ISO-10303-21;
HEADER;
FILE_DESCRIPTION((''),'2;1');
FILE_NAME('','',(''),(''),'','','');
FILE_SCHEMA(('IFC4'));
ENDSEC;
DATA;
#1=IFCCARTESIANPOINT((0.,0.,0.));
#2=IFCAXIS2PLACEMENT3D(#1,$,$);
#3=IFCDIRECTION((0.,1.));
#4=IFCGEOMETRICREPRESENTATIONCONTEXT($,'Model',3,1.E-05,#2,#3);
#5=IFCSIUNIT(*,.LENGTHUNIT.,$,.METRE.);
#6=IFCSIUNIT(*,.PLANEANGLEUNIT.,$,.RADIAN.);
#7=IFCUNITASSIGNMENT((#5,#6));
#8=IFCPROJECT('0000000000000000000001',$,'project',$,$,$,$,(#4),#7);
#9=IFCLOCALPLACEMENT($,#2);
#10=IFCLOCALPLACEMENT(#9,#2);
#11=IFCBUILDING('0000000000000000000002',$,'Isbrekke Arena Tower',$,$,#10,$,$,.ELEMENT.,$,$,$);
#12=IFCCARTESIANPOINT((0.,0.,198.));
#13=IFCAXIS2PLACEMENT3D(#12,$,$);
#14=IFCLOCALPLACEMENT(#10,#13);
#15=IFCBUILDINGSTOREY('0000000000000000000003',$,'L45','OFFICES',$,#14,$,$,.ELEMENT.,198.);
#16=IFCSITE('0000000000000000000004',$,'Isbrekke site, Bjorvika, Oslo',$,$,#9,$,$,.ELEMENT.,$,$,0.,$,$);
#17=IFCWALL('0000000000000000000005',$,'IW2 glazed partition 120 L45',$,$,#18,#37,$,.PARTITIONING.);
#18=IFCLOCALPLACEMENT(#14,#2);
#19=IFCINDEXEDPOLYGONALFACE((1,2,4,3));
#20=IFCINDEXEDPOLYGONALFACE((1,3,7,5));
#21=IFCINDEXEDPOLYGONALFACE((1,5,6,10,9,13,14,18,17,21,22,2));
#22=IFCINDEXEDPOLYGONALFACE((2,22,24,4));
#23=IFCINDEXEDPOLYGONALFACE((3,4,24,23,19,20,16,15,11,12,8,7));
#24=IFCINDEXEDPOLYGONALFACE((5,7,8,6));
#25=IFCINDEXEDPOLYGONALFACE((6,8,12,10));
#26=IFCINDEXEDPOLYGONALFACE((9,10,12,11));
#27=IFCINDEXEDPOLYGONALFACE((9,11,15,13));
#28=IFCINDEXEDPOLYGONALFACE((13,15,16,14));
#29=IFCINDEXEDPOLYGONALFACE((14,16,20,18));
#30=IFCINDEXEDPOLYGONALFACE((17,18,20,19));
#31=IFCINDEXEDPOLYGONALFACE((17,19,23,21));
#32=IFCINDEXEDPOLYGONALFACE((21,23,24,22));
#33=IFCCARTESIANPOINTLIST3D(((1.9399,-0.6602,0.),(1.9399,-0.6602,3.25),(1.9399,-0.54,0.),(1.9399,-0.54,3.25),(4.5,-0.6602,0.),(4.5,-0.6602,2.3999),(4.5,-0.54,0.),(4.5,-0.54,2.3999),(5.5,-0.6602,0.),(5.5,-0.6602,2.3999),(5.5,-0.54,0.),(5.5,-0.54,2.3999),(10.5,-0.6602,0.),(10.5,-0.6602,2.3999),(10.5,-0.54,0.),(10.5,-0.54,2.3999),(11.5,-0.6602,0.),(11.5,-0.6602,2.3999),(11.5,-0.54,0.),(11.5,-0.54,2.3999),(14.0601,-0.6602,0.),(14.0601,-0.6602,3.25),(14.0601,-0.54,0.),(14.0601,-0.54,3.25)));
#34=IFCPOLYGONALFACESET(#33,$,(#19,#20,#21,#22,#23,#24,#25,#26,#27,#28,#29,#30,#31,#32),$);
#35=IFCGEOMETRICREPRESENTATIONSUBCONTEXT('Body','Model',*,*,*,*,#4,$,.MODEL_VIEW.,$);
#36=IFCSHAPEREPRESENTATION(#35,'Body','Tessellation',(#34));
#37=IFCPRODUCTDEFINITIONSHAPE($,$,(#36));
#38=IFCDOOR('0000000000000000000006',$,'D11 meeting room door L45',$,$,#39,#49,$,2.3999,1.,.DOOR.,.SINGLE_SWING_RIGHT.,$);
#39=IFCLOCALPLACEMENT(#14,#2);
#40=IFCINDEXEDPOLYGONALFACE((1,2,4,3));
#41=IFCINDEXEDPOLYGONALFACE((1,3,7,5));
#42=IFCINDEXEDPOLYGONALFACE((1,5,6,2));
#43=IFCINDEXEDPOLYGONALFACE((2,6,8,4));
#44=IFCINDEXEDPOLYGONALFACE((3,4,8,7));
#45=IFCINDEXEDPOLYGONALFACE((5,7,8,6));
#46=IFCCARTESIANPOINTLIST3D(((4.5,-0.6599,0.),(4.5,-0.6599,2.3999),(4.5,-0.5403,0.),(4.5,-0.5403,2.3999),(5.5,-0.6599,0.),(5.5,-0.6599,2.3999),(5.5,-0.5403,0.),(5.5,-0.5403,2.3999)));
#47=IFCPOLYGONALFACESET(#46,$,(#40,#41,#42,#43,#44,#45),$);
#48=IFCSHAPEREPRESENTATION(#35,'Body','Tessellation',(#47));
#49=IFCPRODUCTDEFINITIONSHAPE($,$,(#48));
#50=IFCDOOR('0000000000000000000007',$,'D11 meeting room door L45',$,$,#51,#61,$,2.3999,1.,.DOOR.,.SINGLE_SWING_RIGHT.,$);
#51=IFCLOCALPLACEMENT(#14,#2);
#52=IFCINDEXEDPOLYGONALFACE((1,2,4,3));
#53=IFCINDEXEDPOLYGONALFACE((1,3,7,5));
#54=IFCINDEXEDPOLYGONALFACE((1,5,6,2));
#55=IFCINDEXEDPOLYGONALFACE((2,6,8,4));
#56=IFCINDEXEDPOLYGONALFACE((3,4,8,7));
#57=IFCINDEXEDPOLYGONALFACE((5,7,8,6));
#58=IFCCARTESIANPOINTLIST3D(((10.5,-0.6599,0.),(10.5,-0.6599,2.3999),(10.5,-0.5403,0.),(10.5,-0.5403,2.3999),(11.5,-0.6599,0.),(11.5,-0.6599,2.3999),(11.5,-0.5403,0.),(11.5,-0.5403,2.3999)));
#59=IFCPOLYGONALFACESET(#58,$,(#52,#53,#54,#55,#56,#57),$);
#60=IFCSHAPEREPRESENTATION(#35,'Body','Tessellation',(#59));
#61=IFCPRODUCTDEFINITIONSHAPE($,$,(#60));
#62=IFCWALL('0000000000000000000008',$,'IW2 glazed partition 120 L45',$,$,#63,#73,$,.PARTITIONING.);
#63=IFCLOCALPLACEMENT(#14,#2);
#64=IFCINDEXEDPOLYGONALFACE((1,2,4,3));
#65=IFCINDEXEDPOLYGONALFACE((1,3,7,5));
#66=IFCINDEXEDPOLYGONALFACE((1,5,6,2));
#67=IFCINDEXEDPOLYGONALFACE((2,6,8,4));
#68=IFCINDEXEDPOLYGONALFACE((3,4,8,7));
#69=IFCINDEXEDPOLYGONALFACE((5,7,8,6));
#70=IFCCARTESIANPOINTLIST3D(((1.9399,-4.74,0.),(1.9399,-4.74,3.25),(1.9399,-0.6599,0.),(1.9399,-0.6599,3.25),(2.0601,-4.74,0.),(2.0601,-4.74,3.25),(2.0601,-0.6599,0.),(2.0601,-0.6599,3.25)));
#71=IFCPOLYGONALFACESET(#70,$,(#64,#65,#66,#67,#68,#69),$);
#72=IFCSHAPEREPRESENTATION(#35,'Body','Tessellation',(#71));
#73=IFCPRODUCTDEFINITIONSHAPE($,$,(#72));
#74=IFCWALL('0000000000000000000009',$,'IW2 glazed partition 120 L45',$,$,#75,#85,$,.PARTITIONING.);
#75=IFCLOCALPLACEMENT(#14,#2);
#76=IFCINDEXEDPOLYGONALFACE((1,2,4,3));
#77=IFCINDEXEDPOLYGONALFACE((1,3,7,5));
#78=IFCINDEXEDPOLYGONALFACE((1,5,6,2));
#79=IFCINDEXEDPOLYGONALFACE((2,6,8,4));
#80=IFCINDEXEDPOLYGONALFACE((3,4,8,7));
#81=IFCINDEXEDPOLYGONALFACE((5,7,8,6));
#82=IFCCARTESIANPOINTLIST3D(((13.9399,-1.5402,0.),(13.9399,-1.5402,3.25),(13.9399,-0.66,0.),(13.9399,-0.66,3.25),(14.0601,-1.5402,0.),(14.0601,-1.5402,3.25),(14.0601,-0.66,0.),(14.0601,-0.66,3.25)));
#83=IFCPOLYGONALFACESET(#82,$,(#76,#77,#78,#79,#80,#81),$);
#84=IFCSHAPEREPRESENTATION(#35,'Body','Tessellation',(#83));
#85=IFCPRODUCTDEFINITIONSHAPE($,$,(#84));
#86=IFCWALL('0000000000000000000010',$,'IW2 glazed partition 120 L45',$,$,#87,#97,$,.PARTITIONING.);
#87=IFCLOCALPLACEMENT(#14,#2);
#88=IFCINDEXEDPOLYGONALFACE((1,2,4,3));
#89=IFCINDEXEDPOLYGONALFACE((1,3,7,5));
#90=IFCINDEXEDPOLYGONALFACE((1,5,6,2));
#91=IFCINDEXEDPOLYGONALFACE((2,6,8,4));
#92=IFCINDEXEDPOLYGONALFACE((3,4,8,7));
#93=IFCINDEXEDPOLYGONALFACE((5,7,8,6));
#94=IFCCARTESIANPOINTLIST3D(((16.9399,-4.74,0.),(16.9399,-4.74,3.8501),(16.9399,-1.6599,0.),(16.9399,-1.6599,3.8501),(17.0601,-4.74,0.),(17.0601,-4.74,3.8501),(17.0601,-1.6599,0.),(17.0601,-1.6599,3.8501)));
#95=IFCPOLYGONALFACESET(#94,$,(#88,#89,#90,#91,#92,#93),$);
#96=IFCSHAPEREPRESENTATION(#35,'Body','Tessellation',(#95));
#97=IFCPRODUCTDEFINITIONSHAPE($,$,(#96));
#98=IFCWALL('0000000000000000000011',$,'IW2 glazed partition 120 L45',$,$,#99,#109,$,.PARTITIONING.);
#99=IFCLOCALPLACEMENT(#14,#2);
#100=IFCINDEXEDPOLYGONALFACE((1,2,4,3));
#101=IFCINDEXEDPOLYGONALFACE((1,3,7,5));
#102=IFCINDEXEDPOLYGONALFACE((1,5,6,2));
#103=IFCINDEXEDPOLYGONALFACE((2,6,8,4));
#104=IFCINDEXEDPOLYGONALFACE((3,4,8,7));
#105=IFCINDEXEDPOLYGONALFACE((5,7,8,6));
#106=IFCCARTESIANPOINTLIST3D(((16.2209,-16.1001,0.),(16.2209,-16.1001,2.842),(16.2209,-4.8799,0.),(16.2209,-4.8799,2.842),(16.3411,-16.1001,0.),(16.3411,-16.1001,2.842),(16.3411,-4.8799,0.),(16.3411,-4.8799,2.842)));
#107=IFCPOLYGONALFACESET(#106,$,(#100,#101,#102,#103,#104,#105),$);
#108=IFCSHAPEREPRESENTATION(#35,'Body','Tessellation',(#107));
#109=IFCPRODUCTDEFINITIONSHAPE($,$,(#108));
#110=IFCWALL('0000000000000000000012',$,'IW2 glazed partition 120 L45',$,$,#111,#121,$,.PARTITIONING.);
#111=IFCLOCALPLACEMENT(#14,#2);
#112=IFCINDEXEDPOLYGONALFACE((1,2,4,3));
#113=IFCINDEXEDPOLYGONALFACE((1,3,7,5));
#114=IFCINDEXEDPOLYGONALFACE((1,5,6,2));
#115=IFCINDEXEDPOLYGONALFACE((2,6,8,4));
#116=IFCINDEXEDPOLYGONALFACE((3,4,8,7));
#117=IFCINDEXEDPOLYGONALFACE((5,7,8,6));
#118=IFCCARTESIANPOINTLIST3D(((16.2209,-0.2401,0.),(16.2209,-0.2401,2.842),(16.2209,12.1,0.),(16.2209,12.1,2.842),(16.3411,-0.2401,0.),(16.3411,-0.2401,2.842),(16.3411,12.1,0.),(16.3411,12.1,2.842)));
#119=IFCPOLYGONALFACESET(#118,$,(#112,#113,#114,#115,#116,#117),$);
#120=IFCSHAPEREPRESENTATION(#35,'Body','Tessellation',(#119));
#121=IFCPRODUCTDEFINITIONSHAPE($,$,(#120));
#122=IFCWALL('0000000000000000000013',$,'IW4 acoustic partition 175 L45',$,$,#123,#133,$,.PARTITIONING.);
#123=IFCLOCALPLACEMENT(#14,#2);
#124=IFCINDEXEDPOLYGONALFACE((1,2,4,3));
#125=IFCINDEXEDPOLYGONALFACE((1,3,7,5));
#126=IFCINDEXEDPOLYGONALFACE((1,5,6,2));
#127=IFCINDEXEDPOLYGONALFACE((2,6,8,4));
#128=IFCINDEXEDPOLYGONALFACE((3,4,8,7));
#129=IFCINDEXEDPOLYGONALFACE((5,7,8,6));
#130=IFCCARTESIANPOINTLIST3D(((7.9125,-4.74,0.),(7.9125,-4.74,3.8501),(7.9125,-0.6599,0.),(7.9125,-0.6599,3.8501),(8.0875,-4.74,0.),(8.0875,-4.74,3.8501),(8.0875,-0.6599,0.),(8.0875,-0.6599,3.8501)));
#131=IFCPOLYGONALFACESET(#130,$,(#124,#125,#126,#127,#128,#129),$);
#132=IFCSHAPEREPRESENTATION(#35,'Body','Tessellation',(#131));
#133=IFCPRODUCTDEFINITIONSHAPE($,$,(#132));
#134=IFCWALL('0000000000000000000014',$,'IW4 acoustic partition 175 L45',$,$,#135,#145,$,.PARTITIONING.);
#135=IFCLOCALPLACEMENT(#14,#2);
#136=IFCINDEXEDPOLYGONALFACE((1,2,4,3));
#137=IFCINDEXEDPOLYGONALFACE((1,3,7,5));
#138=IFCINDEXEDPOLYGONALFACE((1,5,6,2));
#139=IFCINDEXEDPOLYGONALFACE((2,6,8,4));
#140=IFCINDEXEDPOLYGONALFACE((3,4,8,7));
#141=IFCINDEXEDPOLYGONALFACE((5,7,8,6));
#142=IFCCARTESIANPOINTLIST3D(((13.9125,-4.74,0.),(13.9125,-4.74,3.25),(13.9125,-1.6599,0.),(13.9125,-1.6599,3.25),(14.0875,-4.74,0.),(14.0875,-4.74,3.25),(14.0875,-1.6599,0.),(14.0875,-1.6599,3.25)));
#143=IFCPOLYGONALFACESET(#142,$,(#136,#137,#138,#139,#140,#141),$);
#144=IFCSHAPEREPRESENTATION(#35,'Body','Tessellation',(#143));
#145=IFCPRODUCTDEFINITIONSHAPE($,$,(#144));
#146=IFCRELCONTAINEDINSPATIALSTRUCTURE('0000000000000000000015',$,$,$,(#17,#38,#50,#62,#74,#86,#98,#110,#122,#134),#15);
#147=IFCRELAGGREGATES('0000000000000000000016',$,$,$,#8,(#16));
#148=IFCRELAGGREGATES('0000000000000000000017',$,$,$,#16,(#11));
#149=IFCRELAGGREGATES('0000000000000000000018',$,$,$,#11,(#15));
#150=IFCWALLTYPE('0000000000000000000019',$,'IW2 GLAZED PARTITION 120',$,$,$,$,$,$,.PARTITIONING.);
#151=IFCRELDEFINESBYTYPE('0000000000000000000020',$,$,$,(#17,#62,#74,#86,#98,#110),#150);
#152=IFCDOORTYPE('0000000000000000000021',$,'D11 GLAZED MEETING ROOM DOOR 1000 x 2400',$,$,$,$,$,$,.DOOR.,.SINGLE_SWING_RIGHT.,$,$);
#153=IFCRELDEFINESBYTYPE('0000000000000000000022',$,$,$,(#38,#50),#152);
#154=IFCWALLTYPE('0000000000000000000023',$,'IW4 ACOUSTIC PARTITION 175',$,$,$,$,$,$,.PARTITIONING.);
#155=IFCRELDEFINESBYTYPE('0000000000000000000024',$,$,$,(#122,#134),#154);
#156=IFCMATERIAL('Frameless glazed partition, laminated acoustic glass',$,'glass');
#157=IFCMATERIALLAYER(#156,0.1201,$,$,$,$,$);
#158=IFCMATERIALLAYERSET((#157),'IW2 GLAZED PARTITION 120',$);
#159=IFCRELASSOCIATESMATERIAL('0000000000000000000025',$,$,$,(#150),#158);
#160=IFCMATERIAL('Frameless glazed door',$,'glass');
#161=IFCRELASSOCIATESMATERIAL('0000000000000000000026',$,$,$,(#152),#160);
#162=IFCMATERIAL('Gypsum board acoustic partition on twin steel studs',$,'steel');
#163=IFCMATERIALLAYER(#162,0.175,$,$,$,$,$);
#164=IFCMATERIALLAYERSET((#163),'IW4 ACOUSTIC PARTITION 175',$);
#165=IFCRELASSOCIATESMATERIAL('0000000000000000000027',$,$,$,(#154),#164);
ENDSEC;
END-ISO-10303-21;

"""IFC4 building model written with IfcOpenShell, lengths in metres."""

from ifc_helpers import new_model, si_unit, direction, frame, frame_2d, origin, place, context, subcontext, project, spatial, rectangle, extrude, material, layer, layer_set, type_object, element, fill, save


model = new_model("IFC4")

# Units and contexts
model_context = context("Model", 3, precision=1e-05, world=origin(), true_north=direction((0.0, 1.0)))
body_context = subcontext(model_context, "Body", "Model", "MODEL_VIEW")
ifc_project = project(units=[si_unit("LENGTHUNIT", "METRE"), si_unit("PLANEANGLEUNIT", "RADIAN")], contexts=[model_context])

# Site, building, storey
site_placement = place(None, origin())
site = spatial("IfcSite", under=ifc_project, at=site_placement, Name="Isbrekke site, Bjorvika, Oslo", CompositionType="ELEMENT", RefElevation=0.0)
building_placement = place(site_placement, origin())
building = spatial("IfcBuilding", under=site, at=building_placement, Name="Isbrekke Arena Tower", CompositionType="ELEMENT")
storey_placement = place(building_placement, frame((0.0, 0.0, 198.0)))
storey = spatial("IfcBuildingStorey", under=building, at=storey_placement, Name="L45", Description="OFFICES", CompositionType="ELEMENT", Elevation=198.0)

# Shared definitions
ifc_material_1 = material(Name="Frameless glazed partition, laminated acoustic glass", Category="glass")
ifc_layer_1 = layer(ifc_material_1, 0.1201)
ifc_layer_set_1 = layer_set([ifc_layer_1], Name="IW2 GLAZED PARTITION 120")
wall_type_1 = type_object("IfcWallType", Name="IW2 GLAZED PARTITION 120", PredefinedType="PARTITIONING", material=ifc_layer_set_1)

# Shared definitions
ifc_material_2 = material(Name="Frameless glazed door", Category="glass")
door_type_1 = type_object("IfcDoorType", Name="D11 GLAZED MEETING ROOM DOOR 1000 x 2400", OperationType="SINGLE_SWING_RIGHT", PredefinedType="DOOR", material=ifc_material_2)

# Wall, openings, doors
wall_1_placement = place(storey_placement, frame((1.9399, -0.6001, 0.0), z_axis=(0.0, 0.0, 1.0), x_axis=(1.0, 0.0, 0.0)))
wall_1 = element("IfcWall", 1, at=wall_1_placement, inside=storey, type_object=wall_type_1, Name="IW2 glazed partition 120 L45", PredefinedType="PARTITIONING", context=body_context, shape_type="SweptSolid", body=[
    extrude(rectangle(XDim=12.1201, YDim=0.1201, at=frame_2d((6.0601, 0.0))), origin(), (0.0, 0.0, 1.0), 3.25),
])
opening_1_placement = place(wall_1_placement, frame((2.5601, 0.0, 0.0)))
opening_1 = element("IfcOpeningElement", 2, at=opening_1_placement, cuts=wall_1, PredefinedType="OPENING", context=body_context, shape_type="SweptSolid", body=[
    extrude(rectangle(XDim=1.0, YDim=2.3999, at=frame_2d((0.5, 1.2))), frame((0.0, 0.075, 0.0), z_axis=(0.0, -1.0, 0.0), x_axis=(1.0, 0.0, 0.0)), (0.0, 0.0, 1.0), 0.1499),
])
opening_2_placement = place(wall_1_placement, frame((8.5601, 0.0, 0.0)))
opening_2 = element("IfcOpeningElement", 3, at=opening_2_placement, cuts=wall_1, PredefinedType="OPENING", context=body_context, shape_type="SweptSolid", body=[
    extrude(rectangle(XDim=1.0, YDim=2.3999, at=frame_2d((0.5, 1.2))), frame((0.0, 0.075, 0.0), z_axis=(0.0, -1.0, 0.0), x_axis=(1.0, 0.0, 0.0)), (0.0, 0.0, 1.0), 0.1499),
])
door_1_placement = place(opening_1_placement, origin())
door_1 = element("IfcDoor", 4, at=door_1_placement, inside=storey, type_object=door_type_1, Name="D11 meeting room door L45", OperationType="SINGLE_SWING_RIGHT", OverallHeight=2.3999, OverallWidth=1.0, PredefinedType="DOOR", context=body_context, shape_type="SweptSolid", body=[
    extrude(rectangle(XDim=1.0, YDim=2.3999, at=frame_2d((0.5, 1.2))), frame((0.0, 0.0598, 0.0), z_axis=(0.0, -1.0, 0.0), x_axis=(1.0, 0.0, 0.0)), (0.0, 0.0, 1.0), 0.1196),
])
fill(opening_1, door_1)
door_2_placement = place(opening_2_placement, origin())
door_2 = element("IfcDoor", 5, at=door_2_placement, inside=storey, type_object=door_type_1, Name="D11 meeting room door L45", OperationType="SINGLE_SWING_RIGHT", OverallHeight=2.3999, OverallWidth=1.0, PredefinedType="DOOR", context=body_context, shape_type="SweptSolid", body=[
    extrude(rectangle(XDim=1.0, YDim=2.3999, at=frame_2d((0.5, 1.2))), frame((0.0, 0.0598, 0.0), z_axis=(0.0, -1.0, 0.0), x_axis=(1.0, 0.0, 0.0)), (0.0, 0.0, 1.0), 0.1196),
])
fill(opening_2, door_2)

# Walls
wall_2_placement = place(storey_placement, frame((2.0, -4.74, 0.0), z_axis=(0.0, 0.0, 1.0), x_axis=(0.0, 1.0, 0.0)))
element("IfcWall", 6, at=wall_2_placement, inside=storey, type_object=wall_type_1, Name="IW2 glazed partition 120 L45", PredefinedType="PARTITIONING", context=body_context, shape_type="SweptSolid", body=[
    extrude(rectangle(XDim=4.0801, YDim=0.1201, at=frame_2d((2.04, 0.0))), origin(), (0.0, 0.0, 1.0), 3.25),
])
wall_3_placement = place(storey_placement, frame((14.0, -1.54, 0.0), z_axis=(0.0, 0.0, 1.0), x_axis=(0.0, 1.0, 0.0)))
element("IfcWall", 7, at=wall_3_placement, inside=storey, type_object=wall_type_1, Name="IW2 glazed partition 120 L45", PredefinedType="PARTITIONING", context=body_context, shape_type="SweptSolid", body=[
    extrude(rectangle(XDim=0.8801, YDim=0.1201, at=frame_2d((0.4399, 0.0))), origin(), (0.0, 0.0, 1.0), 3.25),
])
wall_4_placement = place(storey_placement, frame((17.0, -4.74, 0.0), z_axis=(0.0, 0.0, 1.0), x_axis=(0.0, 1.0, 0.0)))
element("IfcWall", 8, at=wall_4_placement, inside=storey, type_object=wall_type_1, Name="IW2 glazed partition 120 L45", PredefinedType="PARTITIONING", context=body_context, shape_type="SweptSolid", body=[
    extrude(rectangle(XDim=3.0801, YDim=0.1201, at=frame_2d((1.54, 0.0))), origin(), (0.0, 0.0, 1.0), 3.8501),
])
wall_5_placement = place(storey_placement, frame((16.281, -16.1001, 0.0), z_axis=(0.0, 0.0, 1.0), x_axis=(0.0, 1.0, 0.0)))
element("IfcWall", 9, at=wall_5_placement, inside=storey, type_object=wall_type_1, Name="IW2 glazed partition 120 L45", PredefinedType="PARTITIONING", context=body_context, shape_type="SweptSolid", body=[
    extrude(rectangle(XDim=11.2202, YDim=0.1201, at=frame_2d((5.6101, 0.0))), origin(), (0.0, 0.0, 1.0), 2.842),
])
wall_6_placement = place(storey_placement, frame((16.281, -0.24, 0.0), z_axis=(0.0, 0.0, 1.0), x_axis=(0.0, 1.0, 0.0)))
element("IfcWall", 10, at=wall_6_placement, inside=storey, type_object=wall_type_1, Name="IW2 glazed partition 120 L45", PredefinedType="PARTITIONING", context=body_context, shape_type="SweptSolid", body=[
    extrude(rectangle(XDim=12.3401, YDim=0.1201, at=frame_2d((6.1699, 0.0))), origin(), (0.0, 0.0, 1.0), 2.842),
])
ifc_material_3 = material(Name="Gypsum board acoustic partition on twin steel studs", Category="steel")
ifc_layer_2 = layer(ifc_material_3, 0.175)
ifc_layer_set_2 = layer_set([ifc_layer_2], Name="IW4 ACOUSTIC PARTITION 175")
wall_type_2 = type_object("IfcWallType", Name="IW4 ACOUSTIC PARTITION 175", PredefinedType="PARTITIONING", material=ifc_layer_set_2)
wall_7_placement = place(storey_placement, frame((8.0, -4.74, 0.0), z_axis=(0.0, 0.0, 1.0), x_axis=(0.0, 1.0, 0.0)))
element("IfcWall", 11, at=wall_7_placement, inside=storey, type_object=wall_type_2, Name="IW4 acoustic partition 175 L45", PredefinedType="PARTITIONING", context=body_context, shape_type="SweptSolid", body=[
    extrude(rectangle(XDim=4.0801, YDim=0.175, at=frame_2d((2.04, 0.0))), origin(), (0.0, 0.0, 1.0), 3.8501),
])
wall_8_placement = place(storey_placement, frame((14.0, -4.74, 0.0), z_axis=(0.0, 0.0, 1.0), x_axis=(0.0, 1.0, 0.0)))
element("IfcWall", 12, at=wall_8_placement, inside=storey, type_object=wall_type_2, Name="IW4 acoustic partition 175 L45", PredefinedType="PARTITIONING", context=body_context, shape_type="SweptSolid", body=[
    extrude(rectangle(XDim=3.0801, YDim=0.175, at=frame_2d((1.54, 0.0))), origin(), (0.0, 0.0, 1.0), 3.25),
])

save(model, "model.ifc")
